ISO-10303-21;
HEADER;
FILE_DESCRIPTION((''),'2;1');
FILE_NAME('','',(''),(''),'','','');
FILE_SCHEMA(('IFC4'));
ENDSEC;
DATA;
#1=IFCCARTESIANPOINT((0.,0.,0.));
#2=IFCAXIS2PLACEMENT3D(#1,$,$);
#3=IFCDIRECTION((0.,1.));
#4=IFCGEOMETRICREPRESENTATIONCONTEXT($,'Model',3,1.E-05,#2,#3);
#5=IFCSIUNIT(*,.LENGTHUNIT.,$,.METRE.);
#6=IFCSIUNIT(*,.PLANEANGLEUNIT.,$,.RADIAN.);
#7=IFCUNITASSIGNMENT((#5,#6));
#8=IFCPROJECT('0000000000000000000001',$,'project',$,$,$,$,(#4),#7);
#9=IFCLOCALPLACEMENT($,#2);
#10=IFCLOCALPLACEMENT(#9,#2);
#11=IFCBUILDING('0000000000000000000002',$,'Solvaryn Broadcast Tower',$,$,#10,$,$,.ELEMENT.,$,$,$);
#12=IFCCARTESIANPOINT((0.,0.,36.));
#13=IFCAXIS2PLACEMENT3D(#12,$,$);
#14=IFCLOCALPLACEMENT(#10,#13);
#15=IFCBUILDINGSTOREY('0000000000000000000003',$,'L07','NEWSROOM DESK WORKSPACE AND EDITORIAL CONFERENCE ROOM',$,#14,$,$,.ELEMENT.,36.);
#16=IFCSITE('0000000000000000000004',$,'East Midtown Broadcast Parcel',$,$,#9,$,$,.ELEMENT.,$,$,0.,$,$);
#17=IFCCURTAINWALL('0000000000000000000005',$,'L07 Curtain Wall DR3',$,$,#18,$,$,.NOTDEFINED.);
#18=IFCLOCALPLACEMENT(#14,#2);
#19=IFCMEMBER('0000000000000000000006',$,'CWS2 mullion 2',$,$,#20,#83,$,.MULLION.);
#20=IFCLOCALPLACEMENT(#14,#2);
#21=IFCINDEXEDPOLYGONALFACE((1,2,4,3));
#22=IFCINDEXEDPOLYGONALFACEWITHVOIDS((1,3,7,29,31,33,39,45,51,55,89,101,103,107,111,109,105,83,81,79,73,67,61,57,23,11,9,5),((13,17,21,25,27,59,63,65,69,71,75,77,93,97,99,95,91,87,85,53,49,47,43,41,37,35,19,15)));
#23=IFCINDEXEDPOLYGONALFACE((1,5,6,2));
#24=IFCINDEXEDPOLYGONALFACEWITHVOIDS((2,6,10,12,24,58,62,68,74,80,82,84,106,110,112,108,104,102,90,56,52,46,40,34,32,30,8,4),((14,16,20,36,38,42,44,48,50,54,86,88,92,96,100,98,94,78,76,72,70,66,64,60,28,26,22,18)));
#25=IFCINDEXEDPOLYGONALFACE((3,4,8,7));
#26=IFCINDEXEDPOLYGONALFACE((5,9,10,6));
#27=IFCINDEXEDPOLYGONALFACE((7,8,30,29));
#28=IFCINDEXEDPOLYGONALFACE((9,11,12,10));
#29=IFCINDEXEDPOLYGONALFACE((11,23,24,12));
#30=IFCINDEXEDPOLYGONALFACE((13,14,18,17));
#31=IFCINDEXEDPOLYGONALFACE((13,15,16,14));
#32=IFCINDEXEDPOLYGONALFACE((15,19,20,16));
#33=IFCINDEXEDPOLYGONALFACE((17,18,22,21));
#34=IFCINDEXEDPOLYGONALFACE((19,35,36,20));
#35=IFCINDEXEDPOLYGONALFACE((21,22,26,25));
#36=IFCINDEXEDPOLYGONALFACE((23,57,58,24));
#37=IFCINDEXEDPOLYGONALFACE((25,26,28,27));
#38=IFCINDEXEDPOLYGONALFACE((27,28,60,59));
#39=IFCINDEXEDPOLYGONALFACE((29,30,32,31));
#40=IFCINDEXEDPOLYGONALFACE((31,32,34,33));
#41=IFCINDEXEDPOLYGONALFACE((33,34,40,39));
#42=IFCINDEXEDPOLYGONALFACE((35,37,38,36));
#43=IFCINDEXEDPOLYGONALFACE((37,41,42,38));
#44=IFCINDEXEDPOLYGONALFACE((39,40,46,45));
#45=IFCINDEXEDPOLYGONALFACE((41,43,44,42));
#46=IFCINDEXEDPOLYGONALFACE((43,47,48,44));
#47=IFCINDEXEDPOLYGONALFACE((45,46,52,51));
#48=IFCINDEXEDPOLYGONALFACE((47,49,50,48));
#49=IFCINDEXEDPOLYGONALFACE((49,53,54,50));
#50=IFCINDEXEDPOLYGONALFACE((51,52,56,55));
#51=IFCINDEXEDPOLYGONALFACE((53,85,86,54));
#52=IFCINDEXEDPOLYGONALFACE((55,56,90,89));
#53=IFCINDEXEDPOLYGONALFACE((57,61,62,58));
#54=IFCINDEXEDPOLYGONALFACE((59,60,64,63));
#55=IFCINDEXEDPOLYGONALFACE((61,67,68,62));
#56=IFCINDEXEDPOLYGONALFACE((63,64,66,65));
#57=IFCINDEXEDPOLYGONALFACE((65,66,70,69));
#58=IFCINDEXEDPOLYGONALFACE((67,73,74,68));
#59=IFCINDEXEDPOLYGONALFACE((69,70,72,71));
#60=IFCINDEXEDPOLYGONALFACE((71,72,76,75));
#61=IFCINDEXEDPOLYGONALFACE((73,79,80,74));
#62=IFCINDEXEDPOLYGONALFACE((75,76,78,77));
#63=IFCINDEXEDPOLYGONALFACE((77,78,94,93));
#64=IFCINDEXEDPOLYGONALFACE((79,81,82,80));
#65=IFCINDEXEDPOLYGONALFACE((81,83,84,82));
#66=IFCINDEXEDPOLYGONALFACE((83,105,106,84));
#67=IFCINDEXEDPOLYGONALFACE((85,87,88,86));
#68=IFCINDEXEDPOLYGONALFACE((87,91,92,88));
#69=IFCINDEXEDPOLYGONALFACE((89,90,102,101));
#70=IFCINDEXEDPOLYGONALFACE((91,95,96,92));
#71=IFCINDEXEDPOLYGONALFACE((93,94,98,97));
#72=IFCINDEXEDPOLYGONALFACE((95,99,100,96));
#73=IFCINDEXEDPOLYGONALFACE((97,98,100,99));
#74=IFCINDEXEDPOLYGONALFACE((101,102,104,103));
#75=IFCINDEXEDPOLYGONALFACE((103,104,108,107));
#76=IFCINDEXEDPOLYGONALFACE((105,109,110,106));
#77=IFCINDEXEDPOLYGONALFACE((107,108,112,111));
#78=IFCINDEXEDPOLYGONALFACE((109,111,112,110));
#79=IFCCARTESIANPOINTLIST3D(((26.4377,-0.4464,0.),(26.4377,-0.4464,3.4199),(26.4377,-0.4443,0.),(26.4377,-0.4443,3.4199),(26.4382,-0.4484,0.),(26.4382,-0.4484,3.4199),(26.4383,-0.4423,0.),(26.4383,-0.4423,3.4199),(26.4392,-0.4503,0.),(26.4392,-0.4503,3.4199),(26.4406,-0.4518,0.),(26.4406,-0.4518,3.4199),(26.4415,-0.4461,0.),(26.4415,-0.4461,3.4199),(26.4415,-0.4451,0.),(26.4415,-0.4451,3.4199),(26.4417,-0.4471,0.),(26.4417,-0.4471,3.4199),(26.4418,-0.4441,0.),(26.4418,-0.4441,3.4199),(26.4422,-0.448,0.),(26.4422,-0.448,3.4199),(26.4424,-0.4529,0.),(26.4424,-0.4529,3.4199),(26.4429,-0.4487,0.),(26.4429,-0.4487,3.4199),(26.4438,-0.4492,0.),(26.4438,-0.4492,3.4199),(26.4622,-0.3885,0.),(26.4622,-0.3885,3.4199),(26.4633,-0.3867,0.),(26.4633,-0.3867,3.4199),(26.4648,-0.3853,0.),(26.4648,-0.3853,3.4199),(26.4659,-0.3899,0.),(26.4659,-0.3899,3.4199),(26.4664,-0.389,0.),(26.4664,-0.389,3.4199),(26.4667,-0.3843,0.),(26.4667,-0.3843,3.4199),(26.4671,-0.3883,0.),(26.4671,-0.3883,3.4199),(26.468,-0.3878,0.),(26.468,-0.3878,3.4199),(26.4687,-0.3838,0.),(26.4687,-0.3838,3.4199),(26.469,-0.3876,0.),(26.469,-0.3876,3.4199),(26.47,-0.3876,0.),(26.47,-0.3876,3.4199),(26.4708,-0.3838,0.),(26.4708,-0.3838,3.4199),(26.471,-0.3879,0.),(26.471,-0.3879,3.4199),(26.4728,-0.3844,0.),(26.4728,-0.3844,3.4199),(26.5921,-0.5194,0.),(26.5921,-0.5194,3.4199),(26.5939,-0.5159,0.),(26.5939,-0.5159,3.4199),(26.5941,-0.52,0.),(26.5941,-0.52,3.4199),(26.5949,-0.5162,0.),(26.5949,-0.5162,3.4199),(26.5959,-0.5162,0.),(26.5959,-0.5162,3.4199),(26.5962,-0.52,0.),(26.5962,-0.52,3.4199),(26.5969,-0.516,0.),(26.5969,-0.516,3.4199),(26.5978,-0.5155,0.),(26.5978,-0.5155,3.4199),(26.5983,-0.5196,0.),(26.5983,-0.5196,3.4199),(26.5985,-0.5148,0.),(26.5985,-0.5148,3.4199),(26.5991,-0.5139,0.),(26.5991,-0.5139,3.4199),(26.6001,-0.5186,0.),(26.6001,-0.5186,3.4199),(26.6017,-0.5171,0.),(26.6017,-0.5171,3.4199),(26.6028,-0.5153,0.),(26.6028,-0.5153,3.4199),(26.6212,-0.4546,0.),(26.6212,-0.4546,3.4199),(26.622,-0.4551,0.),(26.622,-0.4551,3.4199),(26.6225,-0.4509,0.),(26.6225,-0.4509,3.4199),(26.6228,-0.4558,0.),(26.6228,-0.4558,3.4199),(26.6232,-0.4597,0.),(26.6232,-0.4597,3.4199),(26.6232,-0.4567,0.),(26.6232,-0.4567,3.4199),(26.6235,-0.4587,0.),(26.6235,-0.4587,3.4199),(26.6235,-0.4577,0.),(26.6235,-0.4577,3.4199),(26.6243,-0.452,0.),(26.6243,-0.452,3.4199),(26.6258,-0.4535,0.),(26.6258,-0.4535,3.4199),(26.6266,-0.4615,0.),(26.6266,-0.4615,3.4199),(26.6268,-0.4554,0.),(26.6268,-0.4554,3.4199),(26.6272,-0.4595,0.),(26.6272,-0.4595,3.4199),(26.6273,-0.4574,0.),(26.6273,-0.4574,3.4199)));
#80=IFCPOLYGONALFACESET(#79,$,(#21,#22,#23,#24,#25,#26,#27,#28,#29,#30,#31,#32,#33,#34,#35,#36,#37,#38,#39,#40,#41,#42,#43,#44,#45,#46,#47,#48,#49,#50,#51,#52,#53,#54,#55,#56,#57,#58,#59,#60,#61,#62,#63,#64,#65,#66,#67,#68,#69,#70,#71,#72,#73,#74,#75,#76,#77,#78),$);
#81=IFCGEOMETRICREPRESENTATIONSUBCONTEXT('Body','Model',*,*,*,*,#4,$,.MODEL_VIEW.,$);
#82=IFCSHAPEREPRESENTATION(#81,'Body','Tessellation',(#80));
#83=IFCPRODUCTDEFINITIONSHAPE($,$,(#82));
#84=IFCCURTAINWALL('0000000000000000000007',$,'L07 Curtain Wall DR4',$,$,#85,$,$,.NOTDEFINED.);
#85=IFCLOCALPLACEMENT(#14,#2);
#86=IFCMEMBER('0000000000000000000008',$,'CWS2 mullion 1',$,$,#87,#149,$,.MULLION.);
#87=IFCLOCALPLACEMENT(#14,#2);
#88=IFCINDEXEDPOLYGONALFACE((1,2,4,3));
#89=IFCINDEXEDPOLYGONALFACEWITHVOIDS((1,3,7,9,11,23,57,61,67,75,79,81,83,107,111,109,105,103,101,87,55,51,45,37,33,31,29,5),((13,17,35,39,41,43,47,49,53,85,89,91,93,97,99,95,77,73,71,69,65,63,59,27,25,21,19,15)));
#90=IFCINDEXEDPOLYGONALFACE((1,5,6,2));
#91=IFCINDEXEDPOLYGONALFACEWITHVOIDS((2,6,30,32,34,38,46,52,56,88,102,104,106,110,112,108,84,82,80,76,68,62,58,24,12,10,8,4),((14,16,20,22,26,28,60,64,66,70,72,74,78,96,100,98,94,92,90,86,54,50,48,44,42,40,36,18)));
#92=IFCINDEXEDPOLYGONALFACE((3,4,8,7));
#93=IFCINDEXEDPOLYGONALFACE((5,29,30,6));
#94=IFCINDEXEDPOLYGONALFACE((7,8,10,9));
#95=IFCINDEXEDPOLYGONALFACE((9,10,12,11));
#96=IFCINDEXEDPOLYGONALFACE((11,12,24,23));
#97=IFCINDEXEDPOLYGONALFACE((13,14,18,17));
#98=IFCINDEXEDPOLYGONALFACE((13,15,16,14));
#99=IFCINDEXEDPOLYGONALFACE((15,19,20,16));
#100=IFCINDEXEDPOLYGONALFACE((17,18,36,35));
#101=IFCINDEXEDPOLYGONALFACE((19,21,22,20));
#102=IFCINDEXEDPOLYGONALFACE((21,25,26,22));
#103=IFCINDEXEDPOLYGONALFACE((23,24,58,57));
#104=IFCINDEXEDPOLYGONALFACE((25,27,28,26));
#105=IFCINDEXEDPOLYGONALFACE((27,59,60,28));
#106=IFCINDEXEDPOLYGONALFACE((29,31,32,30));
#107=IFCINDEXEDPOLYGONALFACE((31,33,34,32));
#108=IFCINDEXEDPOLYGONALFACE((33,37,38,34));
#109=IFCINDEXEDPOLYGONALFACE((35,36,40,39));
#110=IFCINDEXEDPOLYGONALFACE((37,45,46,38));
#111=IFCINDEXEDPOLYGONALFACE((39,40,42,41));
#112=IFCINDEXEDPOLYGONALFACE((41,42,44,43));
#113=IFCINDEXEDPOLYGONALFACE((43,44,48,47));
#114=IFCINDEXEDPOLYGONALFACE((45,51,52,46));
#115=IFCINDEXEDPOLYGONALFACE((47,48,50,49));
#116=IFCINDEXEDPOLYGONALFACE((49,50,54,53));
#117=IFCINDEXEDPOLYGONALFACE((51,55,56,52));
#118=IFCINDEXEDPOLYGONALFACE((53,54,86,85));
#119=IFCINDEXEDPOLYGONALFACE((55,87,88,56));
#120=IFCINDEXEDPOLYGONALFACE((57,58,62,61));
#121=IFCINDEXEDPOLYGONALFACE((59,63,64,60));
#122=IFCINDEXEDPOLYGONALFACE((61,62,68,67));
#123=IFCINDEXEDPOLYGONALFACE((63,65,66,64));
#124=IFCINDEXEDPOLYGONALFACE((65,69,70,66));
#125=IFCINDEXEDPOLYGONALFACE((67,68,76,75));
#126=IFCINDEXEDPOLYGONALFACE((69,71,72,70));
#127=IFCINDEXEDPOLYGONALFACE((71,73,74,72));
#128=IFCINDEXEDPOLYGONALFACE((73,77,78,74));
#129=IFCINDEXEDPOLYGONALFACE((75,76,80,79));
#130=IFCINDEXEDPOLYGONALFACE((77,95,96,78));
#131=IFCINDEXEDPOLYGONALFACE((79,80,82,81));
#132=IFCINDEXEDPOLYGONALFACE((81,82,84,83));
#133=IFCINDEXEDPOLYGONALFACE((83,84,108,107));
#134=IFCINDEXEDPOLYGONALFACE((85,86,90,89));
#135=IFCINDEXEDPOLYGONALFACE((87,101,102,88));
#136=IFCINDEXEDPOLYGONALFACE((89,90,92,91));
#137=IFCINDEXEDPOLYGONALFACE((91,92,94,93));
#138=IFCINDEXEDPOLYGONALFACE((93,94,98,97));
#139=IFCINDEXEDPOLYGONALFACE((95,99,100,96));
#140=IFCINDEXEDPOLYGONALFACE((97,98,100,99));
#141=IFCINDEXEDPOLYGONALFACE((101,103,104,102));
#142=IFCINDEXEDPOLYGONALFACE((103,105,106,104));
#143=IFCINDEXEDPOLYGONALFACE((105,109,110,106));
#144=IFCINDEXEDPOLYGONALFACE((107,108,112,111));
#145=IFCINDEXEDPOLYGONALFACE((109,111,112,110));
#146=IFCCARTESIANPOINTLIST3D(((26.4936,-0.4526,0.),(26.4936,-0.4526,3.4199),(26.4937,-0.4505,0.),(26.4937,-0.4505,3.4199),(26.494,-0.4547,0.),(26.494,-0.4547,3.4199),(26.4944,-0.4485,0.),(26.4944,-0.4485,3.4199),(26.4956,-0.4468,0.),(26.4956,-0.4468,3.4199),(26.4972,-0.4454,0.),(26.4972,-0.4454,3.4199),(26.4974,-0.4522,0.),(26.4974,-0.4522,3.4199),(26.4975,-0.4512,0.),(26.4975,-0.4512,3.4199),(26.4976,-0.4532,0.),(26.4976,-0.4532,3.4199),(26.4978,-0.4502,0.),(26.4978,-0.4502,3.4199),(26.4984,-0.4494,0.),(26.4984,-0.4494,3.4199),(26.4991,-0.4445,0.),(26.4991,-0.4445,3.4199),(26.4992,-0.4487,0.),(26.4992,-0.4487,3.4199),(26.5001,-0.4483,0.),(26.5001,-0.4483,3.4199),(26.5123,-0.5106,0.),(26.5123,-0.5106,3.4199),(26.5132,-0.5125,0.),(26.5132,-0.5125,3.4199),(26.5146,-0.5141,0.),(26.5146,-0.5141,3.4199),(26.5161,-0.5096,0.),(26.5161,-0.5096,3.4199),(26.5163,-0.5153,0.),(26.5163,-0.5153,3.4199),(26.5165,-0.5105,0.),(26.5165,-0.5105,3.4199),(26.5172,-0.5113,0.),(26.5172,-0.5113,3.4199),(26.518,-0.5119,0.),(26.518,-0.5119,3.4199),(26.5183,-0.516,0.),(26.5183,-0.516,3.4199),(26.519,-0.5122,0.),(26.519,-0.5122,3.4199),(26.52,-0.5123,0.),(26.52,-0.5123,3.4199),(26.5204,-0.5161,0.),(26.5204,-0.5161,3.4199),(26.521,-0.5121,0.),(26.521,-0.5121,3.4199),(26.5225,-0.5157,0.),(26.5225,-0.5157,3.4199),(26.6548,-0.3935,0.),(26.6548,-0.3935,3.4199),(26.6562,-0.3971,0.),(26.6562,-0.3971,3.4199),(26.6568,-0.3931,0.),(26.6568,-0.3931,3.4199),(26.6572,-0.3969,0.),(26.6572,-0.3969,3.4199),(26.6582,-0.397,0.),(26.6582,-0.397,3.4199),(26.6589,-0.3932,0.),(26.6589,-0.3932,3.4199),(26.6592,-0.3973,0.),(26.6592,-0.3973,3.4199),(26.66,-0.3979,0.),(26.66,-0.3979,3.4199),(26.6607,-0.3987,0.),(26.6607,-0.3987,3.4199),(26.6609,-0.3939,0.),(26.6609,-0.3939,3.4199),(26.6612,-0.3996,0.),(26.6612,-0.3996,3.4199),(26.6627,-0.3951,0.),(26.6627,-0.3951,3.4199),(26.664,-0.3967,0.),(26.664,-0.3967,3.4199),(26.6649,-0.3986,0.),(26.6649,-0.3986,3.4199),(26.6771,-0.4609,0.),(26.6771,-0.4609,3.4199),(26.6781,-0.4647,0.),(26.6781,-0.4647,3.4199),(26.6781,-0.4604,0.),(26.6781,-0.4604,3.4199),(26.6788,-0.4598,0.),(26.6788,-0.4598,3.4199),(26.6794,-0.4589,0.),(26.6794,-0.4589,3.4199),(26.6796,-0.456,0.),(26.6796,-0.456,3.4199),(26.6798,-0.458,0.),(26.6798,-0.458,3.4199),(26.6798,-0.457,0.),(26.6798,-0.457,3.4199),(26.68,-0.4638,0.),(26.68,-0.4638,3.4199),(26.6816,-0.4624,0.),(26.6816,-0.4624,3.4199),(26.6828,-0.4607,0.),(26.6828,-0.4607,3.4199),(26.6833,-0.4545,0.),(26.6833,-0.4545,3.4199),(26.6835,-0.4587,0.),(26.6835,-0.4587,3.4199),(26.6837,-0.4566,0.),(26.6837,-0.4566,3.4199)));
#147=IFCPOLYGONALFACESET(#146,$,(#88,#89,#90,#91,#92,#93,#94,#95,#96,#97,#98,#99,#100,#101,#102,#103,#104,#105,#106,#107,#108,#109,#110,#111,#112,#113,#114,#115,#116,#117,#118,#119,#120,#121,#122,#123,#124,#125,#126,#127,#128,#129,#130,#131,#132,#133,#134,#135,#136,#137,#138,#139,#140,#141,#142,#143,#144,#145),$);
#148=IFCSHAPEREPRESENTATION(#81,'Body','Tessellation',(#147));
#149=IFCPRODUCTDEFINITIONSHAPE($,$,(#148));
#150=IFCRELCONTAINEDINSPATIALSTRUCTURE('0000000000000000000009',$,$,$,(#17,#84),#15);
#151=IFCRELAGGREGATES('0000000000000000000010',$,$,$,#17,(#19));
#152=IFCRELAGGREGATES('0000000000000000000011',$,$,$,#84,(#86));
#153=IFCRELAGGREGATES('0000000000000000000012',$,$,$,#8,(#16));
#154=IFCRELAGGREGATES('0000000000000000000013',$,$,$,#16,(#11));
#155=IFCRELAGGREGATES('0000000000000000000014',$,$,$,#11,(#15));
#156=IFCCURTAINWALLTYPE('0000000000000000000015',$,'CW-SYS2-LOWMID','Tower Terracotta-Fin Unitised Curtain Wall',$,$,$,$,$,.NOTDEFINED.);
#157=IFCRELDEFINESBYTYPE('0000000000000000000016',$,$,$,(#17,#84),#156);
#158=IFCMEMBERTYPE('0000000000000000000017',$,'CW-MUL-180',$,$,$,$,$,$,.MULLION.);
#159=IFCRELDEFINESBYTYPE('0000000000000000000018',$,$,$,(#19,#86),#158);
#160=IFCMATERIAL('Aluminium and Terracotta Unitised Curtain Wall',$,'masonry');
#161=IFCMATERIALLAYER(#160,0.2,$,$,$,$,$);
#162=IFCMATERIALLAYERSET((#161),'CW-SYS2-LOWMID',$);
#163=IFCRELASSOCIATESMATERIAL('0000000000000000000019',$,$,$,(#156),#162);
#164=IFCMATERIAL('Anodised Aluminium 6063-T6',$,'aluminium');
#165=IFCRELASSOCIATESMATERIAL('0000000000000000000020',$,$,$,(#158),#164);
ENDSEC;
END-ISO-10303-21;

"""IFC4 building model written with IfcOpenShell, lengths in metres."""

from ifc_helpers import new_model, si_unit, direction, frame, origin, origin_2d, place, context, subcontext, project, spatial, hollow_rectangle, extrude, material, layer, layer_set, material_profile, profile_set, type_object, element, aggregate, save


model = new_model("IFC4")

# Units and contexts
model_context = context("Model", 3, precision=1e-05, world=origin(), true_north=direction((0.0, 1.0)))
body_context = subcontext(model_context, "Body", "Model", "MODEL_VIEW")
ifc_project = project(units=[si_unit("LENGTHUNIT", "METRE"), si_unit("PLANEANGLEUNIT", "RADIAN")], contexts=[model_context])

# Site, building, storey
site_placement = place(None, origin())
site = spatial("IfcSite", under=ifc_project, at=site_placement, Name="East Midtown Broadcast Parcel", CompositionType="ELEMENT", RefElevation=0.0)
building_placement = place(site_placement, origin())
building = spatial("IfcBuilding", under=site, at=building_placement, Name="Solvaryn Broadcast Tower", CompositionType="ELEMENT")
storey_placement = place(building_placement, frame((0.0, 0.0, 36.0)))
storey = spatial("IfcBuildingStorey", under=building, at=storey_placement, Name="L07", Description="NEWSROOM DESK WORKSPACE AND EDITORIAL CONFERENCE ROOM", CompositionType="ELEMENT", Elevation=36.0)

# Curtain wall, member
ifc_material_1 = material(Name="Aluminium and Terracotta Unitised Curtain Wall", Category="masonry")
ifc_layer_1 = layer(ifc_material_1, 0.2)
ifc_layer_set_1 = layer_set([ifc_layer_1], Name="CW-SYS2-LOWMID")
curtain_wall_type = type_object("IfcCurtainWallType", Name="CW-SYS2-LOWMID", Description="Tower Terracotta-Fin Unitised Curtain Wall", PredefinedType="NOTDEFINED", material=ifc_layer_set_1)
curtain_wall_1_placement = place(storey_placement, origin())
curtain_wall_1 = element("IfcCurtainWall", 1, at=curtain_wall_1_placement, inside=storey, type_object=curtain_wall_type, Name="L07 Curtain Wall DR3", PredefinedType="NOTDEFINED")
ifc_material_2 = material(Name="Anodised Aluminium 6063-T6", Category="aluminium")
ifc_material_profile_1 = material_profile(ifc_material_2, hollow_rectangle(XDim=0.075, YDim=0.1799, WallThickness=0.0039, InnerFilletRadius=0.0039, OuterFilletRadius=0.0081, at=origin_2d()))
ifc_profile_set_1 = profile_set([ifc_material_profile_1], Name="Anodised Aluminium 6063-T6")
member_type_1 = type_object("IfcMemberType", Name="CW-MUL-180", PredefinedType="MULLION", material=ifc_profile_set_1)
member_1_placement = place(storey_placement, frame((26.5325, -0.4519, 0.0), z_axis=(0.0, 0.0, 1.0), x_axis=(0.405898, 0.913918, 0.0)))
member_1 = element("IfcMember", 2, at=member_1_placement, type_object=member_type_1, Name="CWS2 mullion 2", PredefinedType="MULLION", context=body_context, shape_type="SweptSolid", body=[
    extrude(hollow_rectangle(XDim=0.075, YDim=0.1799, WallThickness=0.0039, InnerFilletRadius=0.0039, OuterFilletRadius=0.0081, at=origin_2d()), origin(), (0.0, 0.0, 1.0), 3.4199),
])
aggregate(curtain_wall_1, [member_1])

# Curtain wall, member
curtain_wall_2_placement = place(storey_placement, origin())
curtain_wall_2 = element("IfcCurtainWall", 3, at=curtain_wall_2_placement, inside=storey, type_object=curtain_wall_type, Name="L07 Curtain Wall DR4", PredefinedType="NOTDEFINED")
member_2_placement = place(storey_placement, frame((26.5886, -0.4546, 0.0), z_axis=(0.0, 0.0, 1.0), x_axis=(-0.311594, 0.950215, 0.0)))
member_2 = element("IfcMember", 4, at=member_2_placement, type_object=member_type_1, Name="CWS2 mullion 1", PredefinedType="MULLION", context=body_context, shape_type="SweptSolid", body=[
    extrude(hollow_rectangle(XDim=0.075, YDim=0.1799, WallThickness=0.0039, InnerFilletRadius=0.0039, OuterFilletRadius=0.0081, at=origin_2d()), origin(), (0.0, 0.0, 1.0), 3.4199),
])
aggregate(curtain_wall_2, [member_2])

save(model, "model.ifc")
